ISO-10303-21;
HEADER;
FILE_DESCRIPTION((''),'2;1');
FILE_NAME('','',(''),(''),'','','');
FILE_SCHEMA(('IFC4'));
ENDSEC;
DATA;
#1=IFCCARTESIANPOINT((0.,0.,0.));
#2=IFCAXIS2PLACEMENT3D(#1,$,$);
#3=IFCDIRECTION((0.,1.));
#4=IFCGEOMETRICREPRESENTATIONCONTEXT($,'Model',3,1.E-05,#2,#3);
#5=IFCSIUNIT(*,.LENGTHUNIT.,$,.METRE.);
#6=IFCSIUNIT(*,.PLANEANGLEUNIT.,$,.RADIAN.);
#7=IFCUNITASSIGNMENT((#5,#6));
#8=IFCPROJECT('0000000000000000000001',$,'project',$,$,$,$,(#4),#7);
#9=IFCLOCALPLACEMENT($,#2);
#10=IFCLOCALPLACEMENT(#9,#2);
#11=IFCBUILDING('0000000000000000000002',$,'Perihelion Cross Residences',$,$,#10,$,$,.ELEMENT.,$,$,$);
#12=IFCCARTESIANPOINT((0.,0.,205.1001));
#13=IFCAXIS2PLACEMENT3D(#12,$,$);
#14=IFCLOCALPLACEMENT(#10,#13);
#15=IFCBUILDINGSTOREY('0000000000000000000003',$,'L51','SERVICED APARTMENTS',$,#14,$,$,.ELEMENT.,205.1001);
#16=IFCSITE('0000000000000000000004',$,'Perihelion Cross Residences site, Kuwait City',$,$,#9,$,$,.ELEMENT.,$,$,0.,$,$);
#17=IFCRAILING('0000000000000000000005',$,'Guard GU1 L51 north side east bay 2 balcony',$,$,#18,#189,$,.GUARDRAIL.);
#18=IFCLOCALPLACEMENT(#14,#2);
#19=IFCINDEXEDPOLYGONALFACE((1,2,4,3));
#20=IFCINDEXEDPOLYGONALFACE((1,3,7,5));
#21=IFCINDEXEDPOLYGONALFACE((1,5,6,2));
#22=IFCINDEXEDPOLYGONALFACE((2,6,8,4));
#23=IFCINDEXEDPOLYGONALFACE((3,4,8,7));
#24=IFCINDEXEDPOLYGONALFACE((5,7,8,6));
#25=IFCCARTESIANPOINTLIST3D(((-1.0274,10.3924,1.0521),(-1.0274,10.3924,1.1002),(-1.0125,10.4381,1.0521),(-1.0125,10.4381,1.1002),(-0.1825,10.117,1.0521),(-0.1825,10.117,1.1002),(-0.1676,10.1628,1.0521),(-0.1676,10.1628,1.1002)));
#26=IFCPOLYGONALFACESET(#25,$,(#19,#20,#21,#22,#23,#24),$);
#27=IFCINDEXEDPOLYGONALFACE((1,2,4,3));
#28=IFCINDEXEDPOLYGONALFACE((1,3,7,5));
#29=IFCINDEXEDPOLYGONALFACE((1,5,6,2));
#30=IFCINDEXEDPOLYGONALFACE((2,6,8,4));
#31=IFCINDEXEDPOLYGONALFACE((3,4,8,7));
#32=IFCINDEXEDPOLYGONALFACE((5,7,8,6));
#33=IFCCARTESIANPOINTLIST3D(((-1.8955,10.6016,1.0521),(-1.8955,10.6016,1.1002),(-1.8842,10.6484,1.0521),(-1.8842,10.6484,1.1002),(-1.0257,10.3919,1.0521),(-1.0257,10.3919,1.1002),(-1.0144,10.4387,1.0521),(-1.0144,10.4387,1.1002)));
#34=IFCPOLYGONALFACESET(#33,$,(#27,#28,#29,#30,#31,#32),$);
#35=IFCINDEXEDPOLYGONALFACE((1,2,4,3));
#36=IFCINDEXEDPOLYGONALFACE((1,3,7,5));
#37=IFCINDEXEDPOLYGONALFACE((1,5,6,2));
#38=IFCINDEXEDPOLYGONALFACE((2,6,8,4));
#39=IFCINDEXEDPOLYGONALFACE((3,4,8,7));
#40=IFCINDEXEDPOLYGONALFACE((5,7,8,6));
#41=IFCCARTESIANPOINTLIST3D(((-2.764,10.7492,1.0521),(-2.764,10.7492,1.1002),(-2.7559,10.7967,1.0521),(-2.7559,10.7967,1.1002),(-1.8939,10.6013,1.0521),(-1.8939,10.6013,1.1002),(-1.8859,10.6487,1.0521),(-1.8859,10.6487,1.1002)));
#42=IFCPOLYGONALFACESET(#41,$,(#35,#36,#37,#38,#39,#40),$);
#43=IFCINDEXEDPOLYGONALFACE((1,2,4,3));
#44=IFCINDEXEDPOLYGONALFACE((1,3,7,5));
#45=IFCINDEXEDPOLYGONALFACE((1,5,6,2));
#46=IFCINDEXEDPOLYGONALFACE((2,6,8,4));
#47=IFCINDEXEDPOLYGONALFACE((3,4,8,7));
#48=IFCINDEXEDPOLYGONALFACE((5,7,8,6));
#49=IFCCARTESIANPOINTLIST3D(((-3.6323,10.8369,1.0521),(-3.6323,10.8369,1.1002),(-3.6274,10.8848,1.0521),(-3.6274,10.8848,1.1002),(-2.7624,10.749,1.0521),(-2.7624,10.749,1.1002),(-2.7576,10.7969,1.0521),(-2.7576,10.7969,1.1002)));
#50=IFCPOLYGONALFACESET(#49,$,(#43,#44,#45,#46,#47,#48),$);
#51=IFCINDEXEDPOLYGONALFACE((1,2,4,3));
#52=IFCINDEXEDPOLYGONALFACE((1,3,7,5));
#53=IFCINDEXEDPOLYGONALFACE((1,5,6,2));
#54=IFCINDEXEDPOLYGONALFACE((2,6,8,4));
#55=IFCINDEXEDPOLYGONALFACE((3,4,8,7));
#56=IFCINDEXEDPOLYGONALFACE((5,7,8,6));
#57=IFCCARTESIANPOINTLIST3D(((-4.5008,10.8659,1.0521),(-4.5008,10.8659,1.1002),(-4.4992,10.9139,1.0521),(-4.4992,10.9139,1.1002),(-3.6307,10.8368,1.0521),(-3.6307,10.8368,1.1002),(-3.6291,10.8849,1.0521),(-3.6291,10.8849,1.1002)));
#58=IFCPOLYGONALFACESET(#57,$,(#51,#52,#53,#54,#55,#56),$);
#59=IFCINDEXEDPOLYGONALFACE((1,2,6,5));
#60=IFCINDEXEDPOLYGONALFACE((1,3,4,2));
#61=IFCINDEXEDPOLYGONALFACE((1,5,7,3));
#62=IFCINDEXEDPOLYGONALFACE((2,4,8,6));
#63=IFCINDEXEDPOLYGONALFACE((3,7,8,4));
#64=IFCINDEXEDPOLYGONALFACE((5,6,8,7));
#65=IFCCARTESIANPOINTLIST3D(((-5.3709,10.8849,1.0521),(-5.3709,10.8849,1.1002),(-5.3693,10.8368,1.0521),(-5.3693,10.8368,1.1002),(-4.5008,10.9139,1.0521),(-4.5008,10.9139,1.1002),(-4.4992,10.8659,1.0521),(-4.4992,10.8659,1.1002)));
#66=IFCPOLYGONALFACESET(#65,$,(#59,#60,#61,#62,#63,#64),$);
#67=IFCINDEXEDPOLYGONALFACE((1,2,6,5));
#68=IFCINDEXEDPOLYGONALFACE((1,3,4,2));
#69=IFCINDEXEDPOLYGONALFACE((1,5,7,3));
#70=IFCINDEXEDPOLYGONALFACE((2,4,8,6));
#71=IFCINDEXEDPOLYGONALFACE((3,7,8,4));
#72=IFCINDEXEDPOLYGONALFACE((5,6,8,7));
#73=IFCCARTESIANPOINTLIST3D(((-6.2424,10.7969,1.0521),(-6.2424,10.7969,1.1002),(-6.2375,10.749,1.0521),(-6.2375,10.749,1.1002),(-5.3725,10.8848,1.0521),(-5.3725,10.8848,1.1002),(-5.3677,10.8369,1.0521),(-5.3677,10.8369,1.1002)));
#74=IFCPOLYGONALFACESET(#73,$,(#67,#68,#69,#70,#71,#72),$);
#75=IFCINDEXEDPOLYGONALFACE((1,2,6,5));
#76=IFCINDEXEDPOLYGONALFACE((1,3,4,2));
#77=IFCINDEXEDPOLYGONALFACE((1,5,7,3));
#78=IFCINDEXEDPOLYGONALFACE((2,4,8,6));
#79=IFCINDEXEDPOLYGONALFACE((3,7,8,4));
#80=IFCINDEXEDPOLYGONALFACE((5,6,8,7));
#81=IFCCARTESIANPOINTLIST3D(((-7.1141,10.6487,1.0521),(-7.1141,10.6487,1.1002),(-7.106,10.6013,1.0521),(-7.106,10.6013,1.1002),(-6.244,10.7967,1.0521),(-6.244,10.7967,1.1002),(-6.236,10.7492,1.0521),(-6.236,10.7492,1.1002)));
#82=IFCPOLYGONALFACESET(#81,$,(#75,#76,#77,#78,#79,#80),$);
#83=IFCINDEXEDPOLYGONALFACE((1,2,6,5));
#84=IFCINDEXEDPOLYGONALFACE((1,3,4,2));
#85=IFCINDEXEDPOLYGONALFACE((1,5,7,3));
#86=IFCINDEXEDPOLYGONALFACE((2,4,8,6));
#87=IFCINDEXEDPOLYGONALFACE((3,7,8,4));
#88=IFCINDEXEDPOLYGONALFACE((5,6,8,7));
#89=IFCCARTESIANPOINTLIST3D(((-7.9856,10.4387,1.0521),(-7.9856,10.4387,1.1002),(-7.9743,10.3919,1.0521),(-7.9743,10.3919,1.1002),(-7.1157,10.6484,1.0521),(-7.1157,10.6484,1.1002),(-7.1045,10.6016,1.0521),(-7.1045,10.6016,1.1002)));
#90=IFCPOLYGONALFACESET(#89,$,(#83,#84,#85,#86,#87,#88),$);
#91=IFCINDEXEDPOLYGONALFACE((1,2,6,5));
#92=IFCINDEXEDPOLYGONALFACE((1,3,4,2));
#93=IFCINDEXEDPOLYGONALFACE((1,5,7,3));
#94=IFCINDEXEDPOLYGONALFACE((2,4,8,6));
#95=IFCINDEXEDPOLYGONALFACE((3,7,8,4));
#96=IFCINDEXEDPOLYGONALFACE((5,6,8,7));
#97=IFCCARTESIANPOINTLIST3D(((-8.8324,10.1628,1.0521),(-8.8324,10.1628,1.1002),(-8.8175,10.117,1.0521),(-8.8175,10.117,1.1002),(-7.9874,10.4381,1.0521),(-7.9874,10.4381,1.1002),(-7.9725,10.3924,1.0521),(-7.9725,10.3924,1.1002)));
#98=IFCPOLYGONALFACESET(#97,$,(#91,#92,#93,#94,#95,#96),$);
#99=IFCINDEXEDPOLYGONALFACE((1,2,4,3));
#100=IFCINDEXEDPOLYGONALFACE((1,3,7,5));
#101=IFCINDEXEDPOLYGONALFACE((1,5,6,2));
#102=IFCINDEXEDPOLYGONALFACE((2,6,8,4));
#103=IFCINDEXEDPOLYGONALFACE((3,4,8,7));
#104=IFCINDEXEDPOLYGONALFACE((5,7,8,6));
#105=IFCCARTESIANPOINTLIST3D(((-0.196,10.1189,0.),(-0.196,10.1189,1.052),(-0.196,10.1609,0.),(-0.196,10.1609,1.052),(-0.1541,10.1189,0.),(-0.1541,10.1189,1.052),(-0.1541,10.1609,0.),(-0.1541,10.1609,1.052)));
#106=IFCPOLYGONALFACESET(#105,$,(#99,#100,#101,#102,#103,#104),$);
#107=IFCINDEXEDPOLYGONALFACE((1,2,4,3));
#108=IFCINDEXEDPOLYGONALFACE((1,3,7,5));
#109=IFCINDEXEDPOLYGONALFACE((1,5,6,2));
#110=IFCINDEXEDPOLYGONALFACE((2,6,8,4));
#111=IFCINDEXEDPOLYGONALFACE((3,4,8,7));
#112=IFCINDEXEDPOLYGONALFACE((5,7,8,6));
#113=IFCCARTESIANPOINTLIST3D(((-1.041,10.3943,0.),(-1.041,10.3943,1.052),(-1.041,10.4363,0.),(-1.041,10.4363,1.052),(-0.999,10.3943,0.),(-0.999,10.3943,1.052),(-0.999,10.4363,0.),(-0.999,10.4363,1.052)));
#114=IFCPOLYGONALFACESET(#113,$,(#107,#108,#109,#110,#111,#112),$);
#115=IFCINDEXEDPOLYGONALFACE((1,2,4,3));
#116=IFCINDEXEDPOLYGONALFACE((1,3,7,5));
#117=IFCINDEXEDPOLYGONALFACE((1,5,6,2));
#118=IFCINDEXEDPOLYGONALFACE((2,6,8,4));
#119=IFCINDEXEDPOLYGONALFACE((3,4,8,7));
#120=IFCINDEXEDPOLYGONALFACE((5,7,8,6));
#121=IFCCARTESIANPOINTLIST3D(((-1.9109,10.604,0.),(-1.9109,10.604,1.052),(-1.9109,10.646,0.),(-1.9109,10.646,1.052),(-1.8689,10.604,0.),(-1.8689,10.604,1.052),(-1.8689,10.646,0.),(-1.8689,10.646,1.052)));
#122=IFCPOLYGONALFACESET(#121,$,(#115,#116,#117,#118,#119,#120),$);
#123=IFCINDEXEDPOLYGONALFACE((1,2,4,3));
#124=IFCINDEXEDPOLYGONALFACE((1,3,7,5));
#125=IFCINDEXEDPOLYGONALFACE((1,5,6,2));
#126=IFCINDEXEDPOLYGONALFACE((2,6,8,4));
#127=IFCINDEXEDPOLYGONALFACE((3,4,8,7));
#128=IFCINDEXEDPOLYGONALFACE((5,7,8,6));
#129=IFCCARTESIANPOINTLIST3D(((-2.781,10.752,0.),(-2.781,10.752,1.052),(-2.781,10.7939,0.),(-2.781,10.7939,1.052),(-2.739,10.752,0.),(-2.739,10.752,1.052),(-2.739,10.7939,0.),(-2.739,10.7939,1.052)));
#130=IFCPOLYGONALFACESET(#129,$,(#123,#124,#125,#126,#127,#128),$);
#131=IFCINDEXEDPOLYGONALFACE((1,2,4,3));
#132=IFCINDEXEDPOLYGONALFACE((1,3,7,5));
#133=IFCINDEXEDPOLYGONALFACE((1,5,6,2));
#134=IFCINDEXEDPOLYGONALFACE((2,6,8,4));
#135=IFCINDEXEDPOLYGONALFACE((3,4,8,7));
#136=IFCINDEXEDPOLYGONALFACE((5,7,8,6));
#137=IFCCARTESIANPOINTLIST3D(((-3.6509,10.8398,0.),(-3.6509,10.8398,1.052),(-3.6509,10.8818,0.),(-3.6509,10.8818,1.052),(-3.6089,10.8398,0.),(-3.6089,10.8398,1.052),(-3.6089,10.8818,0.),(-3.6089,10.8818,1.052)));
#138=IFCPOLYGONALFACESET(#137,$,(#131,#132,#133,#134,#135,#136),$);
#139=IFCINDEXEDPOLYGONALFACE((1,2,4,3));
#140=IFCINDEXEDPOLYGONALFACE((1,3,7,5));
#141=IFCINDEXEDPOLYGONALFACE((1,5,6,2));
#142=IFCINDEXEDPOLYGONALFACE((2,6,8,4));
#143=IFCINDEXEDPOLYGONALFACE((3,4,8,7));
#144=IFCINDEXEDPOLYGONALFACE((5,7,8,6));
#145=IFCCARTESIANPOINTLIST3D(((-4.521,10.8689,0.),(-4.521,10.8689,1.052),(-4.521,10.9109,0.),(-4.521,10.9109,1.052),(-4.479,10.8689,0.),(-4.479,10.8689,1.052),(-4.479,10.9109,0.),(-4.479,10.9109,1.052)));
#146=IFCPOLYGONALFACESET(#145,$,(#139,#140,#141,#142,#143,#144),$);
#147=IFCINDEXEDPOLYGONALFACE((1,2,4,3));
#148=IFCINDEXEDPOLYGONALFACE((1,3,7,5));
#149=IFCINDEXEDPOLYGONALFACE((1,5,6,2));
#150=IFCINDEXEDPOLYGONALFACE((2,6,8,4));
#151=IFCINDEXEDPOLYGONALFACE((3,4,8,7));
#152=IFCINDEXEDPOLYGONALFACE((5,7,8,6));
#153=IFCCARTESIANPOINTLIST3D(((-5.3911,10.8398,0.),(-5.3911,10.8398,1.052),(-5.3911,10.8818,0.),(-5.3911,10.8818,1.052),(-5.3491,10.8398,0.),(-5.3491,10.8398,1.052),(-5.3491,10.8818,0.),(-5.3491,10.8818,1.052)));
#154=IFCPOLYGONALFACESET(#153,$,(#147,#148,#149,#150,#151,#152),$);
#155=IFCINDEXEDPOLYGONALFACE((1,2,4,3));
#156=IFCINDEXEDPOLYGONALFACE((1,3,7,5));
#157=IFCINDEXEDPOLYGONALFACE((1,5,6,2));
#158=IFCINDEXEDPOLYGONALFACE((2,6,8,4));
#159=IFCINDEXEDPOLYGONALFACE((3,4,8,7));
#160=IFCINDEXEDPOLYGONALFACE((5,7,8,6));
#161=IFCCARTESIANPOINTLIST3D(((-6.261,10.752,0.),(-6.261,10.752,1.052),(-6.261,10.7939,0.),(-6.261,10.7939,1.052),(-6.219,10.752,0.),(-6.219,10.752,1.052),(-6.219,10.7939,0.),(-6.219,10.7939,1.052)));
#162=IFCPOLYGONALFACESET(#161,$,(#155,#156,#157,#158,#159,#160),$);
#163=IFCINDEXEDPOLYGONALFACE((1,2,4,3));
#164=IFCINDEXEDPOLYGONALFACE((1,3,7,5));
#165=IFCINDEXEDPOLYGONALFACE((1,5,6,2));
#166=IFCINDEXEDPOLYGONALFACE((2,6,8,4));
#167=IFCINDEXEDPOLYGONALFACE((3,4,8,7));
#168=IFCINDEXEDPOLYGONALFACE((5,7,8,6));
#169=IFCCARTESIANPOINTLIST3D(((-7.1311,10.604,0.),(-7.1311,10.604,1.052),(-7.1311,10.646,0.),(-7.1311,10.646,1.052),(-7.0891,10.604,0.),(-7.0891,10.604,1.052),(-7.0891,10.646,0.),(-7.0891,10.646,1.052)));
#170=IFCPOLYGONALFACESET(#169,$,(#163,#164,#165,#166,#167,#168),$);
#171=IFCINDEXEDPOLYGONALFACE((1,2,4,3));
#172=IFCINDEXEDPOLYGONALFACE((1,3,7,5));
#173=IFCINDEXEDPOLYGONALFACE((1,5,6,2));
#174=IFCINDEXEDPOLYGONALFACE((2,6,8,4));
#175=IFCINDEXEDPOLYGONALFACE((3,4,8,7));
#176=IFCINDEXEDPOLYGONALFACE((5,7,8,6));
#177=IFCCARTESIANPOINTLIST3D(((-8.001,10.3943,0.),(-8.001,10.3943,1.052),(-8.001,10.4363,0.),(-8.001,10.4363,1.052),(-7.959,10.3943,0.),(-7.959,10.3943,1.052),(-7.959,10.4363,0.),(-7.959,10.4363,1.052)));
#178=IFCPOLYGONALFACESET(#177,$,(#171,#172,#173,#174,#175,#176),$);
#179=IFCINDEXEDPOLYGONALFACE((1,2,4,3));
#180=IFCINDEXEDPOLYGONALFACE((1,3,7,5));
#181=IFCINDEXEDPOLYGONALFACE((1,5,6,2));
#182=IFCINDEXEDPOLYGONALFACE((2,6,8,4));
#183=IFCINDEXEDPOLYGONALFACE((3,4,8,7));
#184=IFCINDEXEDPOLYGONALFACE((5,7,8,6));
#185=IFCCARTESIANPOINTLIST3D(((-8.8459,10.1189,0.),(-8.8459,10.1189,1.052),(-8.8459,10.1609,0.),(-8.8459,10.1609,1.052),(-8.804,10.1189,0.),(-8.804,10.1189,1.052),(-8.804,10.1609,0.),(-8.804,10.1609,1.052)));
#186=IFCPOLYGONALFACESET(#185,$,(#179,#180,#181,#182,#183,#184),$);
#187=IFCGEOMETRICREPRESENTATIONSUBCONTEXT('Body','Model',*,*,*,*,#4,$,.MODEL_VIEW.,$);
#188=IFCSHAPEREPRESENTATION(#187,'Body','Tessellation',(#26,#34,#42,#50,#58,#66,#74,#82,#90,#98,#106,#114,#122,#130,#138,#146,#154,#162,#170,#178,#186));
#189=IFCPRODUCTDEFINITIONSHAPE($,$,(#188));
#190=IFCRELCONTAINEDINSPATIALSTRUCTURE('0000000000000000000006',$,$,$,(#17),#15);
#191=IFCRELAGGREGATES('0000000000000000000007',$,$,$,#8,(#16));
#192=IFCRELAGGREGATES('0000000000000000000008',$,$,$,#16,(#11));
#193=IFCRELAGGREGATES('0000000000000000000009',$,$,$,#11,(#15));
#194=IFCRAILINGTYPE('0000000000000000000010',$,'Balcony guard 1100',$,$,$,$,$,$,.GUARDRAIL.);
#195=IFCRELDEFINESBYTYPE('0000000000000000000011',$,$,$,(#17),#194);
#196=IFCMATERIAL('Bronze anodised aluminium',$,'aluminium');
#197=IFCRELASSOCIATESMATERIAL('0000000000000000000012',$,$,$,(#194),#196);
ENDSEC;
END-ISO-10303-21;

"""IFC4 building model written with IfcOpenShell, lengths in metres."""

from ifc_helpers import new_model, si_unit, direction, frame, origin, origin_2d, place, context, subcontext, project, spatial, rectangle, extrude, material, type_object, element, save


model = new_model("IFC4")

# Units and contexts
model_context = context("Model", 3, precision=1e-05, world=origin(), true_north=direction((0.0, 1.0)))
body_context = subcontext(model_context, "Body", "Model", "MODEL_VIEW")
ifc_project = project(units=[si_unit("LENGTHUNIT", "METRE"), si_unit("PLANEANGLEUNIT", "RADIAN")], contexts=[model_context])

# Site, building, storey
site_placement = place(None, origin())
site = spatial("IfcSite", under=ifc_project, at=site_placement, Name="Perihelion Cross Residences site, Kuwait City", CompositionType="ELEMENT", RefElevation=0.0)
building_placement = place(site_placement, origin())
building = spatial("IfcBuilding", under=site, at=building_placement, Name="Perihelion Cross Residences", CompositionType="ELEMENT")
storey_placement = place(building_placement, frame((0.0, 0.0, 205.1001)))
storey = spatial("IfcBuildingStorey", under=building, at=storey_placement, Name="L51", Description="SERVICED APARTMENTS", CompositionType="ELEMENT", Elevation=205.1001)

# Railing
ifc_material_1 = material(Name="Bronze anodised aluminium", Category="aluminium")
railing_type = type_object("IfcRailingType", Name="Balcony guard 1100", PredefinedType="GUARDRAIL", material=ifc_material_1)
railing_1_placement = place(storey_placement, frame((-0.175, 10.1399, 0.0)))
element("IfcRailing", 1, at=railing_1_placement, inside=storey, type_object=railing_type, Name="Guard GU1 L51 north side east bay 2 balcony", PredefinedType="GUARDRAIL", context=body_context, shape_type="SweptSolid", body=[
    extrude(rectangle(XDim=0.0481, YDim=0.0481, at=origin_2d()), frame((0.0, 0.0, 1.0762), z_axis=(-0.950777, 0.309875, 0.0), x_axis=(-0.309875, -0.950777, 0.0)), (0.0, 0.0, 1.0), 0.8887),
    extrude(rectangle(XDim=0.0481, YDim=0.0481, at=origin_2d()), frame((-0.845, 0.2754, 1.0762), z_axis=(-0.972147, 0.234374, 0.0), x_axis=(-0.234374, -0.972147, 0.0)), (0.0, 0.0, 1.0), 0.8948),
    extrude(rectangle(XDim=0.0481, YDim=0.0481, at=origin_2d()), frame((-1.7148, 0.4851, 1.0762), z_axis=(-0.98585, 0.167628, 0.0), x_axis=(-0.167628, -0.98585, 0.0)), (0.0, 0.0, 1.0), 0.8826),
    extrude(rectangle(XDim=0.0481, YDim=0.0481, at=origin_2d()), frame((-2.585, 0.6331, 1.0762), z_axis=(-0.994934, 0.100527, 0.0), x_axis=(-0.100527, -0.994934, 0.0)), (0.0, 0.0, 1.0), 0.8743),
    extrude(rectangle(XDim=0.0481, YDim=0.0481, at=origin_2d()), frame((-3.4548, 0.7209, 1.0762), z_axis=(-0.999443, 0.033371, 0.0), x_axis=(-0.033371, -0.999443, 0.0)), (0.0, 0.0, 1.0), 0.8706),
    extrude(rectangle(XDim=0.0481, YDim=0.0481, at=origin_2d()), frame((-4.325, 0.75, 1.0762), z_axis=(-0.999443, -0.033371, 0.0), x_axis=(0.033371, -0.999443, 0.0)), (0.0, 0.0, 1.0), 0.8706),
    extrude(rectangle(XDim=0.0481, YDim=0.0481, at=origin_2d()), frame((-5.1951, 0.7209, 1.0762), z_axis=(-0.994934, -0.100527, 0.0), x_axis=(0.100527, -0.994934, 0.0)), (0.0, 0.0, 1.0), 0.8743),
    extrude(rectangle(XDim=0.0481, YDim=0.0481, at=origin_2d()), frame((-6.0649, 0.6331, 1.0762), z_axis=(-0.98585, -0.167628, 0.0), x_axis=(0.167628, -0.98585, 0.0)), (0.0, 0.0, 1.0), 0.8826),
    extrude(rectangle(XDim=0.0481, YDim=0.0481, at=origin_2d()), frame((-6.9351, 0.4851, 1.0762), z_axis=(-0.972147, -0.234374, 0.0), x_axis=(0.234374, -0.972147, 0.0)), (0.0, 0.0, 1.0), 0.8948),
    extrude(rectangle(XDim=0.0481, YDim=0.0481, at=origin_2d()), frame((-7.8049, 0.2754, 1.0762), z_axis=(-0.950777, -0.309875, 0.0), x_axis=(0.309875, -0.950777, 0.0)), (0.0, 0.0, 1.0), 0.8887),
    extrude(rectangle(XDim=0.042, YDim=0.042, at=origin_2d()), origin(), (0.0, 0.0, 1.0), 1.052),
    extrude(rectangle(XDim=0.042, YDim=0.042, at=origin_2d()), frame((-0.845, 0.2754, 0.0)), (0.0, 0.0, 1.0), 1.052),
    extrude(rectangle(XDim=0.042, YDim=0.042, at=origin_2d()), frame((-1.7148, 0.4851, 0.0)), (0.0, 0.0, 1.0), 1.052),
    extrude(rectangle(XDim=0.042, YDim=0.042, at=origin_2d()), frame((-2.585, 0.6331, 0.0)), (0.0, 0.0, 1.0), 1.052),
    extrude(rectangle(XDim=0.042, YDim=0.042, at=origin_2d()), frame((-3.4548, 0.7209, 0.0)), (0.0, 0.0, 1.0), 1.052),
    extrude(rectangle(XDim=0.042, YDim=0.042, at=origin_2d()), frame((-4.325, 0.75, 0.0)), (0.0, 0.0, 1.0), 1.052),
    extrude(rectangle(XDim=0.042, YDim=0.042, at=origin_2d()), frame((-5.1951, 0.7209, 0.0)), (0.0, 0.0, 1.0), 1.052),
    extrude(rectangle(XDim=0.042, YDim=0.042, at=origin_2d()), frame((-6.0649, 0.6331, 0.0)), (0.0, 0.0, 1.0), 1.052),
    extrude(rectangle(XDim=0.042, YDim=0.042, at=origin_2d()), frame((-6.9351, 0.4851, 0.0)), (0.0, 0.0, 1.0), 1.052),
    extrude(rectangle(XDim=0.042, YDim=0.042, at=origin_2d()), frame((-7.8049, 0.2754, 0.0)), (0.0, 0.0, 1.0), 1.052),
    extrude(rectangle(XDim=0.042, YDim=0.042, at=origin_2d()), frame((-8.6499, 0.0, 0.0)), (0.0, 0.0, 1.0), 1.052),
])

save(model, "model.ifc")
